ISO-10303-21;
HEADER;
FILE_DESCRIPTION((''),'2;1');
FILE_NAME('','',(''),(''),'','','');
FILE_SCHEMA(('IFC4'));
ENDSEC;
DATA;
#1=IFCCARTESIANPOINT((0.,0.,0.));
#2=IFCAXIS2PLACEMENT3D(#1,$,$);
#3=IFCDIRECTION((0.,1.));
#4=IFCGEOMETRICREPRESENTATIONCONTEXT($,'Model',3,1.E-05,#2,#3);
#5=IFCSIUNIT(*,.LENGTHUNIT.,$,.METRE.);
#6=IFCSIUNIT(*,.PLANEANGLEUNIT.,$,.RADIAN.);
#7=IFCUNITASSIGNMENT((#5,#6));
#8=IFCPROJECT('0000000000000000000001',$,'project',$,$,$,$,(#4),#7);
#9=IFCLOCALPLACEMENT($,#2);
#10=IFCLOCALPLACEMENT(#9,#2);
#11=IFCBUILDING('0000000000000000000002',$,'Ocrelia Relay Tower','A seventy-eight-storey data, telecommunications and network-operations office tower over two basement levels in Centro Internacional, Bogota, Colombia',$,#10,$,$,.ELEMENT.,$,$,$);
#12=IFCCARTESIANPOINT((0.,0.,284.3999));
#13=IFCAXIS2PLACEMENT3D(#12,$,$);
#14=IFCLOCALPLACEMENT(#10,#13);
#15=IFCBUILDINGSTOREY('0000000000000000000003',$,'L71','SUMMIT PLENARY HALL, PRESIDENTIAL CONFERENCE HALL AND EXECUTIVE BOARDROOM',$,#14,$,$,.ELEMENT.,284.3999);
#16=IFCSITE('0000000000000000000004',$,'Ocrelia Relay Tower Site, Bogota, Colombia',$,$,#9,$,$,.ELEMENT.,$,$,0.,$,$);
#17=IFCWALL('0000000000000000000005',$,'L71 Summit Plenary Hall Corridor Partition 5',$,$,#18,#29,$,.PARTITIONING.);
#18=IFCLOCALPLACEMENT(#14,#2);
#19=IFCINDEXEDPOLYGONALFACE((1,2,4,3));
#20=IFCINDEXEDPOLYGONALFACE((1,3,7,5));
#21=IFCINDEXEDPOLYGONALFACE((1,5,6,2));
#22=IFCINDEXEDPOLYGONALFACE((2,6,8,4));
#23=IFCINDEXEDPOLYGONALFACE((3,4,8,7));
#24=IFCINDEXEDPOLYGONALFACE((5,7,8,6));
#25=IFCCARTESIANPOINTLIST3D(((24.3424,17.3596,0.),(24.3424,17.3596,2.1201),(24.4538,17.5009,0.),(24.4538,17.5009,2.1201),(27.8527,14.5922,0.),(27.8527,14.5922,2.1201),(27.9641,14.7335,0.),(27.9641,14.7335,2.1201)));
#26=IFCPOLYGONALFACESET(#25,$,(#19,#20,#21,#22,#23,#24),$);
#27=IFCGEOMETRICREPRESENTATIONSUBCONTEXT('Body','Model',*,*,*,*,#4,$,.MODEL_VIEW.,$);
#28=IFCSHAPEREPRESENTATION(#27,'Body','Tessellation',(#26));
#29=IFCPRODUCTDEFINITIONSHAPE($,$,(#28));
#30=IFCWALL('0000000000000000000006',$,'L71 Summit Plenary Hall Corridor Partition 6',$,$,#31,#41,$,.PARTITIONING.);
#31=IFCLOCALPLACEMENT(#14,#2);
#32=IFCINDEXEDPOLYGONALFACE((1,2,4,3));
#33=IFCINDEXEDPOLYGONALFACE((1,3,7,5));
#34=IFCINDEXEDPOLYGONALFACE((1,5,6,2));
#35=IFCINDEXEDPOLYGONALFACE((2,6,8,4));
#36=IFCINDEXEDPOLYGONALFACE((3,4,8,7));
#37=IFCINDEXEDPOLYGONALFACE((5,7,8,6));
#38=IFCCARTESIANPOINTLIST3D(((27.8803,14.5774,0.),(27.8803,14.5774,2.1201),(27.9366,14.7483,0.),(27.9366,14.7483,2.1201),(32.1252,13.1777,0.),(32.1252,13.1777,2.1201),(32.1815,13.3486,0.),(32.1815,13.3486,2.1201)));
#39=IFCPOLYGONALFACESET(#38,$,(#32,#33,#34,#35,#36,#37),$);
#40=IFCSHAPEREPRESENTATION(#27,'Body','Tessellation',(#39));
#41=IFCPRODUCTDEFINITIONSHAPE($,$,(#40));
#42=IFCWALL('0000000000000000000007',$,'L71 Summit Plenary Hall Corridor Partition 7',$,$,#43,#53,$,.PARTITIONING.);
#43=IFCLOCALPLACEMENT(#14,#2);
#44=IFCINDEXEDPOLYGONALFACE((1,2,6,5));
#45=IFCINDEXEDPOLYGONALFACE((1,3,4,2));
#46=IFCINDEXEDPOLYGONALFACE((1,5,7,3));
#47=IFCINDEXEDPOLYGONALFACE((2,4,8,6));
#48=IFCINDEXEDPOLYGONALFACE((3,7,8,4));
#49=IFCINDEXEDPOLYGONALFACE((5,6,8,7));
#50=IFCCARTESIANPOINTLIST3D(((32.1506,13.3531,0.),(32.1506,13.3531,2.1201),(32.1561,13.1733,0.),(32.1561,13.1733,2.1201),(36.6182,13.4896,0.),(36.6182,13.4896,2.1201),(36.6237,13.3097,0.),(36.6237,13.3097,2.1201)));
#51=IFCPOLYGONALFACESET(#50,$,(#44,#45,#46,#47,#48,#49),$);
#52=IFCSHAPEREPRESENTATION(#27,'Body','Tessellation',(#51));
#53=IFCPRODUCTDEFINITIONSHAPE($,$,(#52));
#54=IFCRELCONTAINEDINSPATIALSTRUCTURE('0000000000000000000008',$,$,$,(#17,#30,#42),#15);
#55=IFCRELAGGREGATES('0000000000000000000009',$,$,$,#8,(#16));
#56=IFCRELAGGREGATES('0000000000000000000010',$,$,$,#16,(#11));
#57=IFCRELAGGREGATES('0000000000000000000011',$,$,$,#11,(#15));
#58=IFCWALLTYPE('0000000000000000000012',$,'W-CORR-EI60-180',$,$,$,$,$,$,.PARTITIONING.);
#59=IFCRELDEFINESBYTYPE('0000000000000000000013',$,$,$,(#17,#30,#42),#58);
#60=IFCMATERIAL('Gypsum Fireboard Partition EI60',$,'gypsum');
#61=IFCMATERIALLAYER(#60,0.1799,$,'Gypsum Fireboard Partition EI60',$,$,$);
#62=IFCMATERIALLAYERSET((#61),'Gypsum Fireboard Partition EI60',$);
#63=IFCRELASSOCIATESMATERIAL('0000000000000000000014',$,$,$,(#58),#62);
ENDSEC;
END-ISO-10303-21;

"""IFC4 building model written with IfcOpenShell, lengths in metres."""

from ifc_helpers import new_model, si_unit, direction, frame, frame_2d, origin, place, context, subcontext, project, spatial, rectangle, extrude, material, layer, layer_set, type_object, element, save


model = new_model("IFC4")

# Units and contexts
model_context = context("Model", 3, precision=1e-05, world=origin(), true_north=direction((0.0, 1.0)))
body_context = subcontext(model_context, "Body", "Model", "MODEL_VIEW")
ifc_project = project(units=[si_unit("LENGTHUNIT", "METRE"), si_unit("PLANEANGLEUNIT", "RADIAN")], contexts=[model_context])

# Site, building, storey
site_placement = place(None, origin())
site = spatial("IfcSite", under=ifc_project, at=site_placement, Name="Ocrelia Relay Tower Site, Bogota, Colombia", CompositionType="ELEMENT", RefElevation=0.0)
building_placement = place(site_placement, origin())
building = spatial("IfcBuilding", under=site, at=building_placement, Name="Ocrelia Relay Tower", Description="A seventy-eight-storey data, telecommunications and network-operations office tower over two basement levels in Centro Internacional, Bogota, Colombia", CompositionType="ELEMENT")
storey_placement = place(building_placement, frame((0.0, 0.0, 284.3999)))
storey = spatial("IfcBuildingStorey", under=building, at=storey_placement, Name="L71", Description="SUMMIT PLENARY HALL, PRESIDENTIAL CONFERENCE HALL AND EXECUTIVE BOARDROOM", CompositionType="ELEMENT", Elevation=284.3999)

# Shared definitions
ifc_material_1 = material(Name="Gypsum Fireboard Partition EI60", Category="gypsum")
ifc_layer_1 = layer(ifc_material_1, 0.1799, Name="Gypsum Fireboard Partition EI60")
ifc_layer_set_1 = layer_set([ifc_layer_1], Name="Gypsum Fireboard Partition EI60")
wall_type_1 = type_object("IfcWallType", Name="W-CORR-EI60-180", PredefinedType="PARTITIONING", material=ifc_layer_set_1)

# Walls
wall_1_placement = place(storey_placement, frame((24.3982, 17.4302, 0.0), z_axis=(0.0, 0.0, 1.0), x_axis=(0.785309, -0.619104, 0.0)))
element("IfcWall", 1, at=wall_1_placement, inside=storey, type_object=wall_type_1, Name="L71 Summit Plenary Hall Corridor Partition 5", PredefinedType="PARTITIONING", context=body_context, shape_type="SweptSolid", body=[
    extrude(rectangle(XDim=4.47, YDim=0.1799, at=frame_2d((2.2349, 0.0))), origin(), (0.0, 0.0, 1.0), 2.1201),
])
for number, where, z_axis, x_axis, name in (
    (2, (27.9084, 14.6628, 0.0), (0.0, 0.0, 1.0), (0.949705, -0.313145, 0.0), "L71 Summit Plenary Hall Corridor Partition 6"),
    (3, (32.1533, 13.2632, 0.0), (0.0, 0.0, 1.0), (0.999534, 0.030534, 0.0), "L71 Summit Plenary Hall Corridor Partition 7"),
):
    element("IfcWall", number, at=place(storey_placement, frame(where, z_axis=z_axis, x_axis=x_axis)), inside=storey, type_object=wall_type_1, Name=name, PredefinedType="PARTITIONING", context=body_context, shape_type="SweptSolid", body=[
        extrude(rectangle(XDim=4.4697, YDim=0.1799, at=frame_2d((2.2349, 0.0))), origin(), (0.0, 0.0, 1.0), 2.1201),
    ])

save(model, "model.ifc")
